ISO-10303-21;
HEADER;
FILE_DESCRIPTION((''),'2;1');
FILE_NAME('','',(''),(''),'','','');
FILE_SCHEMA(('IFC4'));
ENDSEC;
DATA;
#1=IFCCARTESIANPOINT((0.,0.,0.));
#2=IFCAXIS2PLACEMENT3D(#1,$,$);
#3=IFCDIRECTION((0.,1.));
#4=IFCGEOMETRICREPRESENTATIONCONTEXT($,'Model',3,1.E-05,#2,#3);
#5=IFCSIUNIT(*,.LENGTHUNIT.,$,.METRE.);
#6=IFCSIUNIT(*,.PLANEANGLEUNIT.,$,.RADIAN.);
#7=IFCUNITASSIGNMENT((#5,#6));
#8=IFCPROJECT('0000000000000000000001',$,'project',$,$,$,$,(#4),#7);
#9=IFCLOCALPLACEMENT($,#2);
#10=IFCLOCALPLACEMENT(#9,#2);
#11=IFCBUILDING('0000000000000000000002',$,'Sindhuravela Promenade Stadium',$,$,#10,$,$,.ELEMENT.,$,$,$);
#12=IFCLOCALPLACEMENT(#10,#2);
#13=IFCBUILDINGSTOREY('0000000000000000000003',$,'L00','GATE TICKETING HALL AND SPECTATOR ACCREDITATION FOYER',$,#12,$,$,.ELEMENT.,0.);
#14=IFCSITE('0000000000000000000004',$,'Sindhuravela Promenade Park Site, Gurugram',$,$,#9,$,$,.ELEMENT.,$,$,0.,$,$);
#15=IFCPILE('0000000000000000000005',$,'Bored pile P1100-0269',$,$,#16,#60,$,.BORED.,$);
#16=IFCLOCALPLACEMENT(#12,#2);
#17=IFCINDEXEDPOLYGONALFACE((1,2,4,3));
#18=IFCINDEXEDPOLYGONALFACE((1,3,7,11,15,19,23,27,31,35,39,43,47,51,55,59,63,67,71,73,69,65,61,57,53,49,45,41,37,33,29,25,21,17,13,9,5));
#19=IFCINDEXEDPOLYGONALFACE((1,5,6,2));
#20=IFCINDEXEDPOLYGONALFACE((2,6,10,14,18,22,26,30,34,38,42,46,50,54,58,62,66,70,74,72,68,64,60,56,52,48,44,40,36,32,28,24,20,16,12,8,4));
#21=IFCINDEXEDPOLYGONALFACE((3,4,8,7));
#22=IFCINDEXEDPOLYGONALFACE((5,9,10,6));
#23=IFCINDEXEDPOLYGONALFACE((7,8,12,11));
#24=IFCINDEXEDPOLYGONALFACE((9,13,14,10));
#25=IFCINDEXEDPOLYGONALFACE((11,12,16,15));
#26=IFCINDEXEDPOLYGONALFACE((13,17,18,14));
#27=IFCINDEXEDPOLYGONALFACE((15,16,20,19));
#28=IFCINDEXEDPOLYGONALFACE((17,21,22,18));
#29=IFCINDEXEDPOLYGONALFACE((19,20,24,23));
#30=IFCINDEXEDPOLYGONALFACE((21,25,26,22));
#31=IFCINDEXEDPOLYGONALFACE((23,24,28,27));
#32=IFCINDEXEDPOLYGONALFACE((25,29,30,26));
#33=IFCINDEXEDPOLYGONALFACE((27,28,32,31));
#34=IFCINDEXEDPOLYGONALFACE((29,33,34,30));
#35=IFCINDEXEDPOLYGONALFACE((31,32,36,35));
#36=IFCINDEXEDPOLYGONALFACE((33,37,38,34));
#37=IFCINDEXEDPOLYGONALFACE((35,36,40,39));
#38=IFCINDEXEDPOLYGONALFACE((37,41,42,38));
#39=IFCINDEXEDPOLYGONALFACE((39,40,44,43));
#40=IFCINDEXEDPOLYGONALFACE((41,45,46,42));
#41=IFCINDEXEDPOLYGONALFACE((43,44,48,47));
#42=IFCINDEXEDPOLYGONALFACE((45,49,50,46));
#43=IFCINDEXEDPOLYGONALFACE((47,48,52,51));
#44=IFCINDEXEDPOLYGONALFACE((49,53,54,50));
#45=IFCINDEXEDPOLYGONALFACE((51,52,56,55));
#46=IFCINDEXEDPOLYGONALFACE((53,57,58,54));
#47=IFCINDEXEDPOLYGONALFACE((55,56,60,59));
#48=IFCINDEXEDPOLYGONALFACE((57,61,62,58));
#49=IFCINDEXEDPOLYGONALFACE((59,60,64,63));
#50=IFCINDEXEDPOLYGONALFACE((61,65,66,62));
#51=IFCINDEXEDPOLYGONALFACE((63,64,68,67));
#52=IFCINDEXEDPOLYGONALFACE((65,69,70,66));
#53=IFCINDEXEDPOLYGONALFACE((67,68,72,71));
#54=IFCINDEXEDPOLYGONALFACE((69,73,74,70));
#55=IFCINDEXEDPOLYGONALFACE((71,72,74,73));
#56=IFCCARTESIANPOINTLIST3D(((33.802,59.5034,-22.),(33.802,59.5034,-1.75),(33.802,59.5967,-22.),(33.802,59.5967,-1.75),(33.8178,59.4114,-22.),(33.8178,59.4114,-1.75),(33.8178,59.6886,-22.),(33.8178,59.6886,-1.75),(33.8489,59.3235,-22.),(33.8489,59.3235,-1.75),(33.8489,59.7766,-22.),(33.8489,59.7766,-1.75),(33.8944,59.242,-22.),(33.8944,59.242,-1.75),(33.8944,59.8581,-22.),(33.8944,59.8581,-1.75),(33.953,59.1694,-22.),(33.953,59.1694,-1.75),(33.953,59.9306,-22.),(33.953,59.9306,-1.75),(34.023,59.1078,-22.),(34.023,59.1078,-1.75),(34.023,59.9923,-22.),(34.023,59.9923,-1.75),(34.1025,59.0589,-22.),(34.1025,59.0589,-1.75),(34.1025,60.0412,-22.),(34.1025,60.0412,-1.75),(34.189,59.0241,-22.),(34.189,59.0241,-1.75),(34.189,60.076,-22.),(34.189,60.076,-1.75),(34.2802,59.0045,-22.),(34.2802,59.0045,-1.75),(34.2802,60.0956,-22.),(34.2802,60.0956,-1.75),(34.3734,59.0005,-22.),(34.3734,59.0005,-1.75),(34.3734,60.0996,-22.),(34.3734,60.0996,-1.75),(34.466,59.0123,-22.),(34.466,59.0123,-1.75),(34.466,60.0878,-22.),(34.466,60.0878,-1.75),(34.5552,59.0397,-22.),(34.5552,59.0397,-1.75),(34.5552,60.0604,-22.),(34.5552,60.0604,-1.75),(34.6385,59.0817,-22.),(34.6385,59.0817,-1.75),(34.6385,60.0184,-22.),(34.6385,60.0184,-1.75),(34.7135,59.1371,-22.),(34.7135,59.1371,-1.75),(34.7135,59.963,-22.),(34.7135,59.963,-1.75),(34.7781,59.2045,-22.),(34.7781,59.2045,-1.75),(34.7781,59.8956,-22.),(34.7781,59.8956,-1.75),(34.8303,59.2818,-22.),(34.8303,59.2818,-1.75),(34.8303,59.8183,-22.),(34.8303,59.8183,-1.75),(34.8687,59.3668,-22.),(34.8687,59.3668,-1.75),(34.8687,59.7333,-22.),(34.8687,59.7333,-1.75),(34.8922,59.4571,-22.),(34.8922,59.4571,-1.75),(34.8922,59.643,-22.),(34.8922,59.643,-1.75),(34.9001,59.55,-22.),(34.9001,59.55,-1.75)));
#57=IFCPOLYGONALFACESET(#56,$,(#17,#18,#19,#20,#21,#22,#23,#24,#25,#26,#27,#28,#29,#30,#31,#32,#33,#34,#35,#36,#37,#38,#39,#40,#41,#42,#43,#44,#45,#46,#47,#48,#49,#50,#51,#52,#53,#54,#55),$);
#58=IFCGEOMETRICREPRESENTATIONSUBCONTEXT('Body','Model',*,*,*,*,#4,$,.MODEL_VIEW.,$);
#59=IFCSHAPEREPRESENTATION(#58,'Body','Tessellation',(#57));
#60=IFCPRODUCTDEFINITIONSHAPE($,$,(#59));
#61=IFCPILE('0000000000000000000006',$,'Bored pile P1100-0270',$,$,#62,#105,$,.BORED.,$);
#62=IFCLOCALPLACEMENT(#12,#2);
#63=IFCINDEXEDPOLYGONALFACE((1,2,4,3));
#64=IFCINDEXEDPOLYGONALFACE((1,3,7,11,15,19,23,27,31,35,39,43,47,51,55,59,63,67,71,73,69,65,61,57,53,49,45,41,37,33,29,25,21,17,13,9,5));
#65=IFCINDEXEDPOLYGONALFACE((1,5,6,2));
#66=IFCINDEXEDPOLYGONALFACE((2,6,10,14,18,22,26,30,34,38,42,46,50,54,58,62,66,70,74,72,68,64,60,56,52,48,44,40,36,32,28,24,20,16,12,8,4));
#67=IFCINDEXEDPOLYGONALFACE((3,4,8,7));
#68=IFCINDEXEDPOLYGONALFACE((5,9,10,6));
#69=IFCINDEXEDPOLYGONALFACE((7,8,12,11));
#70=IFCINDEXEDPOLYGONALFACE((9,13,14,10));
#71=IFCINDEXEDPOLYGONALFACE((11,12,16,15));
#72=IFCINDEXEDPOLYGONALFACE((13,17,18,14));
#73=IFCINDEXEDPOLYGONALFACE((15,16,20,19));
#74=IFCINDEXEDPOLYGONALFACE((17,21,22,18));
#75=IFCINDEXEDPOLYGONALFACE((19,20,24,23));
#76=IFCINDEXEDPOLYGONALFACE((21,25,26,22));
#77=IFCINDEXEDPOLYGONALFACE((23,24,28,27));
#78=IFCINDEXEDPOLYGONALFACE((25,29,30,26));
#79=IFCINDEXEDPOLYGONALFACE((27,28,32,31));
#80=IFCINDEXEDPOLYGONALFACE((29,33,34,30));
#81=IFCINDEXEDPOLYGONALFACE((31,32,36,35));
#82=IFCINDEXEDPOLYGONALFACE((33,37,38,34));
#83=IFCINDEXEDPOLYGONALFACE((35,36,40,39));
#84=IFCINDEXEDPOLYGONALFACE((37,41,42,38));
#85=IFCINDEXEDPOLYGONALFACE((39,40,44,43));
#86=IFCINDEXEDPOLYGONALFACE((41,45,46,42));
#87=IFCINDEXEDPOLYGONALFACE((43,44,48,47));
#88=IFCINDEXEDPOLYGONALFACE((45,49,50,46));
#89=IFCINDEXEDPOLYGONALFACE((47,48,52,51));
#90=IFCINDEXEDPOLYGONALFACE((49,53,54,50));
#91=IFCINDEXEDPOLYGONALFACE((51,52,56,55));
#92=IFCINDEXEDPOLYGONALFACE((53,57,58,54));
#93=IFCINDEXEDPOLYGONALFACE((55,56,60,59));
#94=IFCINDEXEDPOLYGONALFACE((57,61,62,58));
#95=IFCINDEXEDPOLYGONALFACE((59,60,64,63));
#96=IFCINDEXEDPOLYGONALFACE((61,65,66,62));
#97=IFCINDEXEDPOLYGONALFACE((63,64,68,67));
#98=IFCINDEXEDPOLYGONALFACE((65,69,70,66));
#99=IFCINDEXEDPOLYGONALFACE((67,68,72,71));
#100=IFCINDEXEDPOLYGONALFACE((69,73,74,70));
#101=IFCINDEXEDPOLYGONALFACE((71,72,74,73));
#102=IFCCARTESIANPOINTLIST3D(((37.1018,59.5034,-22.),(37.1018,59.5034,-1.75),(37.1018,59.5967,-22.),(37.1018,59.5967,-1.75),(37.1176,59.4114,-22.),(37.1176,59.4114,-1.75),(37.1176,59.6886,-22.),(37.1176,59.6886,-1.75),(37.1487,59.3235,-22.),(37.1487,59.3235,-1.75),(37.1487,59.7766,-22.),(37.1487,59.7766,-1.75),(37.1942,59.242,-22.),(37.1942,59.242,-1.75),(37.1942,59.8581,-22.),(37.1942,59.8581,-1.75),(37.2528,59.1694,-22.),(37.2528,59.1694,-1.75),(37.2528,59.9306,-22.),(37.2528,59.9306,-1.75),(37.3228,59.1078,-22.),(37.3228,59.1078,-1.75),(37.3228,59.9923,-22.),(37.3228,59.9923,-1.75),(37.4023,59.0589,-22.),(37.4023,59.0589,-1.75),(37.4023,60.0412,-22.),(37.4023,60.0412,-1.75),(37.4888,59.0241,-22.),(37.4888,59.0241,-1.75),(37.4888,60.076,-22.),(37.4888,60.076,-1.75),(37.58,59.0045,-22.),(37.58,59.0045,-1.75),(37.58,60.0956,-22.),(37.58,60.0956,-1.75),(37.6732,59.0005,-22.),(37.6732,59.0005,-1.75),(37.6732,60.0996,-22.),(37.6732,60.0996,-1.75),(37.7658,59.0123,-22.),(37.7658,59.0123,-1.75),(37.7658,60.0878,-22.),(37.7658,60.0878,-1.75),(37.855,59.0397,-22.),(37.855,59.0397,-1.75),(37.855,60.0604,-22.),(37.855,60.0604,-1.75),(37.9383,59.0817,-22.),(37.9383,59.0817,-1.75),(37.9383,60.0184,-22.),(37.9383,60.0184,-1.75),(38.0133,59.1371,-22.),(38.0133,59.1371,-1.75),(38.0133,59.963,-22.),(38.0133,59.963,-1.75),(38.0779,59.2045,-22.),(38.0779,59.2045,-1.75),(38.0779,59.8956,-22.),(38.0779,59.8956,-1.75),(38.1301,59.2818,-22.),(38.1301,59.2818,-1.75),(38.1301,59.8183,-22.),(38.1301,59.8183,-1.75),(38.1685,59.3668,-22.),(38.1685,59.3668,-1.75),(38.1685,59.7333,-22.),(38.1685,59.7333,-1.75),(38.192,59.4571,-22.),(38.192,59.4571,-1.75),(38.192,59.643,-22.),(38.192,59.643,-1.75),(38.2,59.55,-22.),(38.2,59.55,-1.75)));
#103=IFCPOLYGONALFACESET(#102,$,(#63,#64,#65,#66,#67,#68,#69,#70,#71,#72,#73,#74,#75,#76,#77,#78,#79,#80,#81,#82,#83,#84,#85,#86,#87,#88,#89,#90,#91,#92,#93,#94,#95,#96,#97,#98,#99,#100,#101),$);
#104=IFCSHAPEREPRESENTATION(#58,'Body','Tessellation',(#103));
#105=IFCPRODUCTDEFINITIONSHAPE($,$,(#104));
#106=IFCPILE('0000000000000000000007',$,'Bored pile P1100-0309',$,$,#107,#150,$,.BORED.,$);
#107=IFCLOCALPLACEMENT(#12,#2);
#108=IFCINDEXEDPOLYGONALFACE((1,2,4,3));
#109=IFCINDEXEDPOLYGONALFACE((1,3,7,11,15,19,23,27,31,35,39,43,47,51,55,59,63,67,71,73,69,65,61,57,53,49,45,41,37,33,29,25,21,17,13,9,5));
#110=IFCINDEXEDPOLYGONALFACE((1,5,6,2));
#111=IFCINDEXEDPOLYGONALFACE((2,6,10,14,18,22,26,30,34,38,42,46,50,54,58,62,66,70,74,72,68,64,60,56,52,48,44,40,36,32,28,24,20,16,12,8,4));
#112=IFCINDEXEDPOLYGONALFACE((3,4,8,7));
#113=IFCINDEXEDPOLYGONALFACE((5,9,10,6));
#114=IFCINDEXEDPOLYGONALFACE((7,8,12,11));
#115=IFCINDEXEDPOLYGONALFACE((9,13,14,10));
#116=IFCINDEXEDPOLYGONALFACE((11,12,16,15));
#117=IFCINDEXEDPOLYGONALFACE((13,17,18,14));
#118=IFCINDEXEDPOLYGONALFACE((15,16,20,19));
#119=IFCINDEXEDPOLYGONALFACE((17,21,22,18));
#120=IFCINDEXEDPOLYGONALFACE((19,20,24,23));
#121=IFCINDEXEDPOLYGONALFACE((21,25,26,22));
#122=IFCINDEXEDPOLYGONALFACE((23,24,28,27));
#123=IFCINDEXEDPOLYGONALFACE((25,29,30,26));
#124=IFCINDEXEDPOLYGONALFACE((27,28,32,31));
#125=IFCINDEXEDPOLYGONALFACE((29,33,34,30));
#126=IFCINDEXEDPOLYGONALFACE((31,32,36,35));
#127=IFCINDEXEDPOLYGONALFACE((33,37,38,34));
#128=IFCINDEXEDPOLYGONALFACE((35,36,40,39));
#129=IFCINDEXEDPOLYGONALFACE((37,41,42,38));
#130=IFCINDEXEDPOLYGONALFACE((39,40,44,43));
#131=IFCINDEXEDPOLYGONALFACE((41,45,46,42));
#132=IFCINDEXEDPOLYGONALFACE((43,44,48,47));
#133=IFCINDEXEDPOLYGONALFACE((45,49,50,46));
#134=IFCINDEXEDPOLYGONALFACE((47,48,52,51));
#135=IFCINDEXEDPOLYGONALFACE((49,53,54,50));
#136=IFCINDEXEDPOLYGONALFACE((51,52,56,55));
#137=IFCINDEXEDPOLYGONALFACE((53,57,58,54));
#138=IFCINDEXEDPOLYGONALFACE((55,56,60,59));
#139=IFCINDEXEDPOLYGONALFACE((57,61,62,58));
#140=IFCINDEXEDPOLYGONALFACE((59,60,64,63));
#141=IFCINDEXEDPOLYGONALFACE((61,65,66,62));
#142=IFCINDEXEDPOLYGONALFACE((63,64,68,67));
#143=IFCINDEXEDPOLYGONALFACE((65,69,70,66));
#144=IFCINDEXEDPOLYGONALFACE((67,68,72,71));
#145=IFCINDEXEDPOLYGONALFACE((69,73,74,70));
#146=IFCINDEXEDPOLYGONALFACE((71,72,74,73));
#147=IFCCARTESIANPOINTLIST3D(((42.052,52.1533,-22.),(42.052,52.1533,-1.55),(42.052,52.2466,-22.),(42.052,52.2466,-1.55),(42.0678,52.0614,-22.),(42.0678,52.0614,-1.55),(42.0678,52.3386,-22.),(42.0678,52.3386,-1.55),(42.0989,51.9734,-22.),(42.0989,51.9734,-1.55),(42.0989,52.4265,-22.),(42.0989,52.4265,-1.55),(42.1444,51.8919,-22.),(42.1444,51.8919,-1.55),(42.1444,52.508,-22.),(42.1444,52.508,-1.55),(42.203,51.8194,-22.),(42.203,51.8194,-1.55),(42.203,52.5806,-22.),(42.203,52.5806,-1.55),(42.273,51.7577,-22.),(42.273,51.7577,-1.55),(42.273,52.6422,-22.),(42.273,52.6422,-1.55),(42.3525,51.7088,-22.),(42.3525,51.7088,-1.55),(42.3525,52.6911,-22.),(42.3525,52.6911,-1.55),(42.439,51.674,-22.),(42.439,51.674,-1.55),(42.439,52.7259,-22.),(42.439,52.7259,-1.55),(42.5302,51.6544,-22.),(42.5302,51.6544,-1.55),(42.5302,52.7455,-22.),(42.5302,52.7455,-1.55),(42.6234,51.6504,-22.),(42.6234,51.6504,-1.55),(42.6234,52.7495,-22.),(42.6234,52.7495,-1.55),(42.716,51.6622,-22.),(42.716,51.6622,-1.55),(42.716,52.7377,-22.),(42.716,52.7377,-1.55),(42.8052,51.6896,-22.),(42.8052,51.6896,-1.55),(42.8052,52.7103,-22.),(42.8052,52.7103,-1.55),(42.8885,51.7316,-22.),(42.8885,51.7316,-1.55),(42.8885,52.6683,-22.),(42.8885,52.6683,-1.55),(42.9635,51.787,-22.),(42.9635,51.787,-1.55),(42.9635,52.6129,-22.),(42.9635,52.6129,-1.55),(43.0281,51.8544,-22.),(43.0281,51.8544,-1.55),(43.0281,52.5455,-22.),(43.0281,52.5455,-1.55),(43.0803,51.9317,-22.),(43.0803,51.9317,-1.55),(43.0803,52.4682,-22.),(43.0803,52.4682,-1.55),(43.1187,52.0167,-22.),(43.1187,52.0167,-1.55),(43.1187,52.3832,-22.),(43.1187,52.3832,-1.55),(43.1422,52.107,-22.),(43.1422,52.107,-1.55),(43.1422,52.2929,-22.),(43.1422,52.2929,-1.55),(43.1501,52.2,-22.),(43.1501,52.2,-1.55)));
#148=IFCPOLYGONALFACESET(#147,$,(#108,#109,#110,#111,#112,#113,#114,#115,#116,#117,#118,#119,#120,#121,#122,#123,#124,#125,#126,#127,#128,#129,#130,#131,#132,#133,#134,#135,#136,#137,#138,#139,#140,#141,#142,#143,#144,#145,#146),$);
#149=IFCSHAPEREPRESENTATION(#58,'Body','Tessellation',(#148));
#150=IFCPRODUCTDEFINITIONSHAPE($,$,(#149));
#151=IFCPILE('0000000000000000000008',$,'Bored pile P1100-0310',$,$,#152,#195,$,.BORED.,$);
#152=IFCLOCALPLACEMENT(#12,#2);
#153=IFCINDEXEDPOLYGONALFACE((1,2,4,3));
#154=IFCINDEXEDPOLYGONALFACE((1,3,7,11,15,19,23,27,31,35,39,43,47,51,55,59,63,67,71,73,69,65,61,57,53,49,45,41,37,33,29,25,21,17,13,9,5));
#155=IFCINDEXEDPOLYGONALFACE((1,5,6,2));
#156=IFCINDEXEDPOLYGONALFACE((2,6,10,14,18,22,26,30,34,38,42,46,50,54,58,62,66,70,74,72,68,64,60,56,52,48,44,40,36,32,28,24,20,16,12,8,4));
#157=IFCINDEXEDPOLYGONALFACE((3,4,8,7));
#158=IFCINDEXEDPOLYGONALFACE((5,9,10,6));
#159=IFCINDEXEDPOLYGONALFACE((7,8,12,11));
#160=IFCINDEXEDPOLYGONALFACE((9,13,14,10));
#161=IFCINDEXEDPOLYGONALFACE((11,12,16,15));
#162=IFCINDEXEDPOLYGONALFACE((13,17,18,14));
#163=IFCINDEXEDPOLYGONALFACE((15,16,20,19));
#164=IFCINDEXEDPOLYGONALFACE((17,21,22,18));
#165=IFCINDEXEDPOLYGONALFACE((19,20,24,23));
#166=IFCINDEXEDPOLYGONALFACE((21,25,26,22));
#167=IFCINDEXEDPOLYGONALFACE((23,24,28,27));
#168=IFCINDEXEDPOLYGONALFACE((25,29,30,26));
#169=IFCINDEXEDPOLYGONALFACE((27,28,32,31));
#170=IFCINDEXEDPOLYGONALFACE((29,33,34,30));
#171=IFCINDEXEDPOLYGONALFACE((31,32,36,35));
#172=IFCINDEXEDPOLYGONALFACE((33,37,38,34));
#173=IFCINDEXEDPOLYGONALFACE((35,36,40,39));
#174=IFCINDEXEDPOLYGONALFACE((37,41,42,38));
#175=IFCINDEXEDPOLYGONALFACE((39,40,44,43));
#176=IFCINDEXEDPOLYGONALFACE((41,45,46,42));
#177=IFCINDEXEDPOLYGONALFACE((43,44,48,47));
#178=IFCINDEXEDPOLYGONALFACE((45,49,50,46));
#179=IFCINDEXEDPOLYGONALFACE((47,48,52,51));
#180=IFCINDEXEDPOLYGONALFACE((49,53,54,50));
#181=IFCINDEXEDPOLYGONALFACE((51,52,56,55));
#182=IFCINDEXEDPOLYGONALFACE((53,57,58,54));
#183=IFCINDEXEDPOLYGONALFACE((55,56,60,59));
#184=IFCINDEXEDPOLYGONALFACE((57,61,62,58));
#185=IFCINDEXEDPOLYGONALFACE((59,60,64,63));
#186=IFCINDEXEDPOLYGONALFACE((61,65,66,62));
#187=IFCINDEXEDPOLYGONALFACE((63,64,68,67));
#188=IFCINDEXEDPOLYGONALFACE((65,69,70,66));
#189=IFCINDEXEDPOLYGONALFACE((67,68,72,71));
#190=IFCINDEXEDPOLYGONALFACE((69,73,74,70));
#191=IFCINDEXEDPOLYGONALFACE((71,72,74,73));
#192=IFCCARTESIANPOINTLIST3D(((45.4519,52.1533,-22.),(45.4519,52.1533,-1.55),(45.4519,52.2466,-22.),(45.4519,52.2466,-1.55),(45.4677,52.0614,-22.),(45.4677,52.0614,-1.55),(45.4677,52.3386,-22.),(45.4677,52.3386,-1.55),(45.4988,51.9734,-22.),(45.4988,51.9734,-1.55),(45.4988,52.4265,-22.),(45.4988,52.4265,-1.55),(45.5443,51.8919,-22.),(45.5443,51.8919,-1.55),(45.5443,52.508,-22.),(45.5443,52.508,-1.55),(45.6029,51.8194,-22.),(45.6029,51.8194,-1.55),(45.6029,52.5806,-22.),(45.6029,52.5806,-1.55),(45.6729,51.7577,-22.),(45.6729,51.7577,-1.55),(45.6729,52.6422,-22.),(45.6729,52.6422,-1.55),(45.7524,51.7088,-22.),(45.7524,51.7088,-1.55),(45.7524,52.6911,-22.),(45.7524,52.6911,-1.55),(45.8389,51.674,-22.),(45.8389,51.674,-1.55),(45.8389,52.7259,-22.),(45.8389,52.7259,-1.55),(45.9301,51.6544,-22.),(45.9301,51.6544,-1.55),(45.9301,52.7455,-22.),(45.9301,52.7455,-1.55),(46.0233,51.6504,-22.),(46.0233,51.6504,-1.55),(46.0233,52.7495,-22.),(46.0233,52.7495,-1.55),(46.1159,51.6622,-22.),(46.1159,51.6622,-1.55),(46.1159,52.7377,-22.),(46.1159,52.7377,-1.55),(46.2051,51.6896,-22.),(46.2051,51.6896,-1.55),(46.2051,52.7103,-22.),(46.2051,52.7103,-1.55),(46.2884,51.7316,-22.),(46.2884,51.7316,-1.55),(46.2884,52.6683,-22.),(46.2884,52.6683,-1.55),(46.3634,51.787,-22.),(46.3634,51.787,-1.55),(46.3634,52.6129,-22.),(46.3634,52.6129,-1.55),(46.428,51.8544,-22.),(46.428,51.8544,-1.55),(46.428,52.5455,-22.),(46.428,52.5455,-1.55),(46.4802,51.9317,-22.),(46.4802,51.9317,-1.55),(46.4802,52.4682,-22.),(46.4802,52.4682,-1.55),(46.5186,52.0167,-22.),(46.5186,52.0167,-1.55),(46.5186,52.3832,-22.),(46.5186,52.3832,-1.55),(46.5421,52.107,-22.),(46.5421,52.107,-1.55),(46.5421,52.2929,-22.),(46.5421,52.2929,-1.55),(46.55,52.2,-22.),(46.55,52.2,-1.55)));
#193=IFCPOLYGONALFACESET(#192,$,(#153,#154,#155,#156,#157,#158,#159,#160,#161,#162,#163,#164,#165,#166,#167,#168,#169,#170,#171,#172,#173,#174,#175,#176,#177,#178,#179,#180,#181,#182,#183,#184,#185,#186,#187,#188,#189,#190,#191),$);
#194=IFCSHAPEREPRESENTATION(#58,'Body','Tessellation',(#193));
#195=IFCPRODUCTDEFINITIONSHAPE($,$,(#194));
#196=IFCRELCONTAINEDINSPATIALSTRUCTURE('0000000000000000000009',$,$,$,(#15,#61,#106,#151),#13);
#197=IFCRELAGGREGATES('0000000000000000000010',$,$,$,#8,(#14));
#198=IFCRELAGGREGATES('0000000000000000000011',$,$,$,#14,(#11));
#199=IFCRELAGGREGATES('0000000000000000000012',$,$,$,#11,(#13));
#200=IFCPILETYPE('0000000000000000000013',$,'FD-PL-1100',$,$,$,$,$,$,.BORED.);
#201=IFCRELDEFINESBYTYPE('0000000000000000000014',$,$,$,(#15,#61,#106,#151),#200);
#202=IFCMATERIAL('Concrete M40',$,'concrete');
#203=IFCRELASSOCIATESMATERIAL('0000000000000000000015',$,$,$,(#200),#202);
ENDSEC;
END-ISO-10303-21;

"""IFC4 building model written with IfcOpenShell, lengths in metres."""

from ifc_helpers import new_model, si_unit, direction, frame, origin, origin_2d, place, context, subcontext, project, spatial, circle, extrude, material, material_profile, profile_set, type_object, element, save


model = new_model("IFC4")

# Units and contexts
model_context = context("Model", 3, precision=1e-05, world=origin(), true_north=direction((0.0, 1.0)))
body_context = subcontext(model_context, "Body", "Model", "MODEL_VIEW")
ifc_project = project(units=[si_unit("LENGTHUNIT", "METRE"), si_unit("PLANEANGLEUNIT", "RADIAN")], contexts=[model_context])

# Site, building, storey
site_placement = place(None, origin())
site = spatial("IfcSite", under=ifc_project, at=site_placement, Name="Sindhuravela Promenade Park Site, Gurugram", CompositionType="ELEMENT", RefElevation=0.0)
building_placement = place(site_placement, origin())
building = spatial("IfcBuilding", under=site, at=building_placement, Name="Sindhuravela Promenade Stadium", CompositionType="ELEMENT")
storey_placement = place(building_placement, origin())
storey = spatial("IfcBuildingStorey", under=building, at=storey_placement, Name="L00", Description="GATE TICKETING HALL AND SPECTATOR ACCREDITATION FOYER", CompositionType="ELEMENT", Elevation=0.0)

# Piles
ifc_material_1 = material(Name="Concrete M40", Category="concrete")
ifc_material_profile_1 = material_profile(ifc_material_1, circle(Radius=0.55, at=origin_2d()), Name="BORED PILE D1100")
ifc_profile_set_1 = profile_set([ifc_material_profile_1], Name="Concrete M40")
pile_type = type_object("IfcPileType", Name="FD-PL-1100", PredefinedType="BORED", material=ifc_profile_set_1)
for number, where, z_axis, x_axis, name in (
    (1, (34.3501, 59.55, -1.75), (0.0, 0.0, -1.0), (1.0, 0.0, 0.0), "Bored pile P1100-0269"),
    (2, (37.6499, 59.55, -1.75), (0.0, 0.0, -1.0), (1.0, 0.0, 0.0), "Bored pile P1100-0270"),
):
    element("IfcPile", number, at=place(storey_placement, frame(where, z_axis=z_axis, x_axis=x_axis)), inside=storey, type_object=pile_type, Name=name, PredefinedType="BORED", context=body_context, shape_type="SweptSolid", body=[
        extrude(circle(Radius=0.55, at=origin_2d()), origin(), (0.0, 0.0, 1.0), 20.25),
    ])
for number, where, z_axis, x_axis, name in (
    (3, (42.6001, 52.2, -1.55), (0.0, 0.0, -1.0), (1.0, 0.0, 0.0), "Bored pile P1100-0309"),
    (4, (46.0, 52.2, -1.55), (0.0, 0.0, -1.0), (1.0, 0.0, 0.0), "Bored pile P1100-0310"),
):
    element("IfcPile", number, at=place(storey_placement, frame(where, z_axis=z_axis, x_axis=x_axis)), inside=storey, type_object=pile_type, Name=name, PredefinedType="BORED", context=body_context, shape_type="SweptSolid", body=[
        extrude(circle(Radius=0.55, at=origin_2d()), origin(), (0.0, 0.0, 1.0), 20.45),
    ])

save(model, "model.ifc")
